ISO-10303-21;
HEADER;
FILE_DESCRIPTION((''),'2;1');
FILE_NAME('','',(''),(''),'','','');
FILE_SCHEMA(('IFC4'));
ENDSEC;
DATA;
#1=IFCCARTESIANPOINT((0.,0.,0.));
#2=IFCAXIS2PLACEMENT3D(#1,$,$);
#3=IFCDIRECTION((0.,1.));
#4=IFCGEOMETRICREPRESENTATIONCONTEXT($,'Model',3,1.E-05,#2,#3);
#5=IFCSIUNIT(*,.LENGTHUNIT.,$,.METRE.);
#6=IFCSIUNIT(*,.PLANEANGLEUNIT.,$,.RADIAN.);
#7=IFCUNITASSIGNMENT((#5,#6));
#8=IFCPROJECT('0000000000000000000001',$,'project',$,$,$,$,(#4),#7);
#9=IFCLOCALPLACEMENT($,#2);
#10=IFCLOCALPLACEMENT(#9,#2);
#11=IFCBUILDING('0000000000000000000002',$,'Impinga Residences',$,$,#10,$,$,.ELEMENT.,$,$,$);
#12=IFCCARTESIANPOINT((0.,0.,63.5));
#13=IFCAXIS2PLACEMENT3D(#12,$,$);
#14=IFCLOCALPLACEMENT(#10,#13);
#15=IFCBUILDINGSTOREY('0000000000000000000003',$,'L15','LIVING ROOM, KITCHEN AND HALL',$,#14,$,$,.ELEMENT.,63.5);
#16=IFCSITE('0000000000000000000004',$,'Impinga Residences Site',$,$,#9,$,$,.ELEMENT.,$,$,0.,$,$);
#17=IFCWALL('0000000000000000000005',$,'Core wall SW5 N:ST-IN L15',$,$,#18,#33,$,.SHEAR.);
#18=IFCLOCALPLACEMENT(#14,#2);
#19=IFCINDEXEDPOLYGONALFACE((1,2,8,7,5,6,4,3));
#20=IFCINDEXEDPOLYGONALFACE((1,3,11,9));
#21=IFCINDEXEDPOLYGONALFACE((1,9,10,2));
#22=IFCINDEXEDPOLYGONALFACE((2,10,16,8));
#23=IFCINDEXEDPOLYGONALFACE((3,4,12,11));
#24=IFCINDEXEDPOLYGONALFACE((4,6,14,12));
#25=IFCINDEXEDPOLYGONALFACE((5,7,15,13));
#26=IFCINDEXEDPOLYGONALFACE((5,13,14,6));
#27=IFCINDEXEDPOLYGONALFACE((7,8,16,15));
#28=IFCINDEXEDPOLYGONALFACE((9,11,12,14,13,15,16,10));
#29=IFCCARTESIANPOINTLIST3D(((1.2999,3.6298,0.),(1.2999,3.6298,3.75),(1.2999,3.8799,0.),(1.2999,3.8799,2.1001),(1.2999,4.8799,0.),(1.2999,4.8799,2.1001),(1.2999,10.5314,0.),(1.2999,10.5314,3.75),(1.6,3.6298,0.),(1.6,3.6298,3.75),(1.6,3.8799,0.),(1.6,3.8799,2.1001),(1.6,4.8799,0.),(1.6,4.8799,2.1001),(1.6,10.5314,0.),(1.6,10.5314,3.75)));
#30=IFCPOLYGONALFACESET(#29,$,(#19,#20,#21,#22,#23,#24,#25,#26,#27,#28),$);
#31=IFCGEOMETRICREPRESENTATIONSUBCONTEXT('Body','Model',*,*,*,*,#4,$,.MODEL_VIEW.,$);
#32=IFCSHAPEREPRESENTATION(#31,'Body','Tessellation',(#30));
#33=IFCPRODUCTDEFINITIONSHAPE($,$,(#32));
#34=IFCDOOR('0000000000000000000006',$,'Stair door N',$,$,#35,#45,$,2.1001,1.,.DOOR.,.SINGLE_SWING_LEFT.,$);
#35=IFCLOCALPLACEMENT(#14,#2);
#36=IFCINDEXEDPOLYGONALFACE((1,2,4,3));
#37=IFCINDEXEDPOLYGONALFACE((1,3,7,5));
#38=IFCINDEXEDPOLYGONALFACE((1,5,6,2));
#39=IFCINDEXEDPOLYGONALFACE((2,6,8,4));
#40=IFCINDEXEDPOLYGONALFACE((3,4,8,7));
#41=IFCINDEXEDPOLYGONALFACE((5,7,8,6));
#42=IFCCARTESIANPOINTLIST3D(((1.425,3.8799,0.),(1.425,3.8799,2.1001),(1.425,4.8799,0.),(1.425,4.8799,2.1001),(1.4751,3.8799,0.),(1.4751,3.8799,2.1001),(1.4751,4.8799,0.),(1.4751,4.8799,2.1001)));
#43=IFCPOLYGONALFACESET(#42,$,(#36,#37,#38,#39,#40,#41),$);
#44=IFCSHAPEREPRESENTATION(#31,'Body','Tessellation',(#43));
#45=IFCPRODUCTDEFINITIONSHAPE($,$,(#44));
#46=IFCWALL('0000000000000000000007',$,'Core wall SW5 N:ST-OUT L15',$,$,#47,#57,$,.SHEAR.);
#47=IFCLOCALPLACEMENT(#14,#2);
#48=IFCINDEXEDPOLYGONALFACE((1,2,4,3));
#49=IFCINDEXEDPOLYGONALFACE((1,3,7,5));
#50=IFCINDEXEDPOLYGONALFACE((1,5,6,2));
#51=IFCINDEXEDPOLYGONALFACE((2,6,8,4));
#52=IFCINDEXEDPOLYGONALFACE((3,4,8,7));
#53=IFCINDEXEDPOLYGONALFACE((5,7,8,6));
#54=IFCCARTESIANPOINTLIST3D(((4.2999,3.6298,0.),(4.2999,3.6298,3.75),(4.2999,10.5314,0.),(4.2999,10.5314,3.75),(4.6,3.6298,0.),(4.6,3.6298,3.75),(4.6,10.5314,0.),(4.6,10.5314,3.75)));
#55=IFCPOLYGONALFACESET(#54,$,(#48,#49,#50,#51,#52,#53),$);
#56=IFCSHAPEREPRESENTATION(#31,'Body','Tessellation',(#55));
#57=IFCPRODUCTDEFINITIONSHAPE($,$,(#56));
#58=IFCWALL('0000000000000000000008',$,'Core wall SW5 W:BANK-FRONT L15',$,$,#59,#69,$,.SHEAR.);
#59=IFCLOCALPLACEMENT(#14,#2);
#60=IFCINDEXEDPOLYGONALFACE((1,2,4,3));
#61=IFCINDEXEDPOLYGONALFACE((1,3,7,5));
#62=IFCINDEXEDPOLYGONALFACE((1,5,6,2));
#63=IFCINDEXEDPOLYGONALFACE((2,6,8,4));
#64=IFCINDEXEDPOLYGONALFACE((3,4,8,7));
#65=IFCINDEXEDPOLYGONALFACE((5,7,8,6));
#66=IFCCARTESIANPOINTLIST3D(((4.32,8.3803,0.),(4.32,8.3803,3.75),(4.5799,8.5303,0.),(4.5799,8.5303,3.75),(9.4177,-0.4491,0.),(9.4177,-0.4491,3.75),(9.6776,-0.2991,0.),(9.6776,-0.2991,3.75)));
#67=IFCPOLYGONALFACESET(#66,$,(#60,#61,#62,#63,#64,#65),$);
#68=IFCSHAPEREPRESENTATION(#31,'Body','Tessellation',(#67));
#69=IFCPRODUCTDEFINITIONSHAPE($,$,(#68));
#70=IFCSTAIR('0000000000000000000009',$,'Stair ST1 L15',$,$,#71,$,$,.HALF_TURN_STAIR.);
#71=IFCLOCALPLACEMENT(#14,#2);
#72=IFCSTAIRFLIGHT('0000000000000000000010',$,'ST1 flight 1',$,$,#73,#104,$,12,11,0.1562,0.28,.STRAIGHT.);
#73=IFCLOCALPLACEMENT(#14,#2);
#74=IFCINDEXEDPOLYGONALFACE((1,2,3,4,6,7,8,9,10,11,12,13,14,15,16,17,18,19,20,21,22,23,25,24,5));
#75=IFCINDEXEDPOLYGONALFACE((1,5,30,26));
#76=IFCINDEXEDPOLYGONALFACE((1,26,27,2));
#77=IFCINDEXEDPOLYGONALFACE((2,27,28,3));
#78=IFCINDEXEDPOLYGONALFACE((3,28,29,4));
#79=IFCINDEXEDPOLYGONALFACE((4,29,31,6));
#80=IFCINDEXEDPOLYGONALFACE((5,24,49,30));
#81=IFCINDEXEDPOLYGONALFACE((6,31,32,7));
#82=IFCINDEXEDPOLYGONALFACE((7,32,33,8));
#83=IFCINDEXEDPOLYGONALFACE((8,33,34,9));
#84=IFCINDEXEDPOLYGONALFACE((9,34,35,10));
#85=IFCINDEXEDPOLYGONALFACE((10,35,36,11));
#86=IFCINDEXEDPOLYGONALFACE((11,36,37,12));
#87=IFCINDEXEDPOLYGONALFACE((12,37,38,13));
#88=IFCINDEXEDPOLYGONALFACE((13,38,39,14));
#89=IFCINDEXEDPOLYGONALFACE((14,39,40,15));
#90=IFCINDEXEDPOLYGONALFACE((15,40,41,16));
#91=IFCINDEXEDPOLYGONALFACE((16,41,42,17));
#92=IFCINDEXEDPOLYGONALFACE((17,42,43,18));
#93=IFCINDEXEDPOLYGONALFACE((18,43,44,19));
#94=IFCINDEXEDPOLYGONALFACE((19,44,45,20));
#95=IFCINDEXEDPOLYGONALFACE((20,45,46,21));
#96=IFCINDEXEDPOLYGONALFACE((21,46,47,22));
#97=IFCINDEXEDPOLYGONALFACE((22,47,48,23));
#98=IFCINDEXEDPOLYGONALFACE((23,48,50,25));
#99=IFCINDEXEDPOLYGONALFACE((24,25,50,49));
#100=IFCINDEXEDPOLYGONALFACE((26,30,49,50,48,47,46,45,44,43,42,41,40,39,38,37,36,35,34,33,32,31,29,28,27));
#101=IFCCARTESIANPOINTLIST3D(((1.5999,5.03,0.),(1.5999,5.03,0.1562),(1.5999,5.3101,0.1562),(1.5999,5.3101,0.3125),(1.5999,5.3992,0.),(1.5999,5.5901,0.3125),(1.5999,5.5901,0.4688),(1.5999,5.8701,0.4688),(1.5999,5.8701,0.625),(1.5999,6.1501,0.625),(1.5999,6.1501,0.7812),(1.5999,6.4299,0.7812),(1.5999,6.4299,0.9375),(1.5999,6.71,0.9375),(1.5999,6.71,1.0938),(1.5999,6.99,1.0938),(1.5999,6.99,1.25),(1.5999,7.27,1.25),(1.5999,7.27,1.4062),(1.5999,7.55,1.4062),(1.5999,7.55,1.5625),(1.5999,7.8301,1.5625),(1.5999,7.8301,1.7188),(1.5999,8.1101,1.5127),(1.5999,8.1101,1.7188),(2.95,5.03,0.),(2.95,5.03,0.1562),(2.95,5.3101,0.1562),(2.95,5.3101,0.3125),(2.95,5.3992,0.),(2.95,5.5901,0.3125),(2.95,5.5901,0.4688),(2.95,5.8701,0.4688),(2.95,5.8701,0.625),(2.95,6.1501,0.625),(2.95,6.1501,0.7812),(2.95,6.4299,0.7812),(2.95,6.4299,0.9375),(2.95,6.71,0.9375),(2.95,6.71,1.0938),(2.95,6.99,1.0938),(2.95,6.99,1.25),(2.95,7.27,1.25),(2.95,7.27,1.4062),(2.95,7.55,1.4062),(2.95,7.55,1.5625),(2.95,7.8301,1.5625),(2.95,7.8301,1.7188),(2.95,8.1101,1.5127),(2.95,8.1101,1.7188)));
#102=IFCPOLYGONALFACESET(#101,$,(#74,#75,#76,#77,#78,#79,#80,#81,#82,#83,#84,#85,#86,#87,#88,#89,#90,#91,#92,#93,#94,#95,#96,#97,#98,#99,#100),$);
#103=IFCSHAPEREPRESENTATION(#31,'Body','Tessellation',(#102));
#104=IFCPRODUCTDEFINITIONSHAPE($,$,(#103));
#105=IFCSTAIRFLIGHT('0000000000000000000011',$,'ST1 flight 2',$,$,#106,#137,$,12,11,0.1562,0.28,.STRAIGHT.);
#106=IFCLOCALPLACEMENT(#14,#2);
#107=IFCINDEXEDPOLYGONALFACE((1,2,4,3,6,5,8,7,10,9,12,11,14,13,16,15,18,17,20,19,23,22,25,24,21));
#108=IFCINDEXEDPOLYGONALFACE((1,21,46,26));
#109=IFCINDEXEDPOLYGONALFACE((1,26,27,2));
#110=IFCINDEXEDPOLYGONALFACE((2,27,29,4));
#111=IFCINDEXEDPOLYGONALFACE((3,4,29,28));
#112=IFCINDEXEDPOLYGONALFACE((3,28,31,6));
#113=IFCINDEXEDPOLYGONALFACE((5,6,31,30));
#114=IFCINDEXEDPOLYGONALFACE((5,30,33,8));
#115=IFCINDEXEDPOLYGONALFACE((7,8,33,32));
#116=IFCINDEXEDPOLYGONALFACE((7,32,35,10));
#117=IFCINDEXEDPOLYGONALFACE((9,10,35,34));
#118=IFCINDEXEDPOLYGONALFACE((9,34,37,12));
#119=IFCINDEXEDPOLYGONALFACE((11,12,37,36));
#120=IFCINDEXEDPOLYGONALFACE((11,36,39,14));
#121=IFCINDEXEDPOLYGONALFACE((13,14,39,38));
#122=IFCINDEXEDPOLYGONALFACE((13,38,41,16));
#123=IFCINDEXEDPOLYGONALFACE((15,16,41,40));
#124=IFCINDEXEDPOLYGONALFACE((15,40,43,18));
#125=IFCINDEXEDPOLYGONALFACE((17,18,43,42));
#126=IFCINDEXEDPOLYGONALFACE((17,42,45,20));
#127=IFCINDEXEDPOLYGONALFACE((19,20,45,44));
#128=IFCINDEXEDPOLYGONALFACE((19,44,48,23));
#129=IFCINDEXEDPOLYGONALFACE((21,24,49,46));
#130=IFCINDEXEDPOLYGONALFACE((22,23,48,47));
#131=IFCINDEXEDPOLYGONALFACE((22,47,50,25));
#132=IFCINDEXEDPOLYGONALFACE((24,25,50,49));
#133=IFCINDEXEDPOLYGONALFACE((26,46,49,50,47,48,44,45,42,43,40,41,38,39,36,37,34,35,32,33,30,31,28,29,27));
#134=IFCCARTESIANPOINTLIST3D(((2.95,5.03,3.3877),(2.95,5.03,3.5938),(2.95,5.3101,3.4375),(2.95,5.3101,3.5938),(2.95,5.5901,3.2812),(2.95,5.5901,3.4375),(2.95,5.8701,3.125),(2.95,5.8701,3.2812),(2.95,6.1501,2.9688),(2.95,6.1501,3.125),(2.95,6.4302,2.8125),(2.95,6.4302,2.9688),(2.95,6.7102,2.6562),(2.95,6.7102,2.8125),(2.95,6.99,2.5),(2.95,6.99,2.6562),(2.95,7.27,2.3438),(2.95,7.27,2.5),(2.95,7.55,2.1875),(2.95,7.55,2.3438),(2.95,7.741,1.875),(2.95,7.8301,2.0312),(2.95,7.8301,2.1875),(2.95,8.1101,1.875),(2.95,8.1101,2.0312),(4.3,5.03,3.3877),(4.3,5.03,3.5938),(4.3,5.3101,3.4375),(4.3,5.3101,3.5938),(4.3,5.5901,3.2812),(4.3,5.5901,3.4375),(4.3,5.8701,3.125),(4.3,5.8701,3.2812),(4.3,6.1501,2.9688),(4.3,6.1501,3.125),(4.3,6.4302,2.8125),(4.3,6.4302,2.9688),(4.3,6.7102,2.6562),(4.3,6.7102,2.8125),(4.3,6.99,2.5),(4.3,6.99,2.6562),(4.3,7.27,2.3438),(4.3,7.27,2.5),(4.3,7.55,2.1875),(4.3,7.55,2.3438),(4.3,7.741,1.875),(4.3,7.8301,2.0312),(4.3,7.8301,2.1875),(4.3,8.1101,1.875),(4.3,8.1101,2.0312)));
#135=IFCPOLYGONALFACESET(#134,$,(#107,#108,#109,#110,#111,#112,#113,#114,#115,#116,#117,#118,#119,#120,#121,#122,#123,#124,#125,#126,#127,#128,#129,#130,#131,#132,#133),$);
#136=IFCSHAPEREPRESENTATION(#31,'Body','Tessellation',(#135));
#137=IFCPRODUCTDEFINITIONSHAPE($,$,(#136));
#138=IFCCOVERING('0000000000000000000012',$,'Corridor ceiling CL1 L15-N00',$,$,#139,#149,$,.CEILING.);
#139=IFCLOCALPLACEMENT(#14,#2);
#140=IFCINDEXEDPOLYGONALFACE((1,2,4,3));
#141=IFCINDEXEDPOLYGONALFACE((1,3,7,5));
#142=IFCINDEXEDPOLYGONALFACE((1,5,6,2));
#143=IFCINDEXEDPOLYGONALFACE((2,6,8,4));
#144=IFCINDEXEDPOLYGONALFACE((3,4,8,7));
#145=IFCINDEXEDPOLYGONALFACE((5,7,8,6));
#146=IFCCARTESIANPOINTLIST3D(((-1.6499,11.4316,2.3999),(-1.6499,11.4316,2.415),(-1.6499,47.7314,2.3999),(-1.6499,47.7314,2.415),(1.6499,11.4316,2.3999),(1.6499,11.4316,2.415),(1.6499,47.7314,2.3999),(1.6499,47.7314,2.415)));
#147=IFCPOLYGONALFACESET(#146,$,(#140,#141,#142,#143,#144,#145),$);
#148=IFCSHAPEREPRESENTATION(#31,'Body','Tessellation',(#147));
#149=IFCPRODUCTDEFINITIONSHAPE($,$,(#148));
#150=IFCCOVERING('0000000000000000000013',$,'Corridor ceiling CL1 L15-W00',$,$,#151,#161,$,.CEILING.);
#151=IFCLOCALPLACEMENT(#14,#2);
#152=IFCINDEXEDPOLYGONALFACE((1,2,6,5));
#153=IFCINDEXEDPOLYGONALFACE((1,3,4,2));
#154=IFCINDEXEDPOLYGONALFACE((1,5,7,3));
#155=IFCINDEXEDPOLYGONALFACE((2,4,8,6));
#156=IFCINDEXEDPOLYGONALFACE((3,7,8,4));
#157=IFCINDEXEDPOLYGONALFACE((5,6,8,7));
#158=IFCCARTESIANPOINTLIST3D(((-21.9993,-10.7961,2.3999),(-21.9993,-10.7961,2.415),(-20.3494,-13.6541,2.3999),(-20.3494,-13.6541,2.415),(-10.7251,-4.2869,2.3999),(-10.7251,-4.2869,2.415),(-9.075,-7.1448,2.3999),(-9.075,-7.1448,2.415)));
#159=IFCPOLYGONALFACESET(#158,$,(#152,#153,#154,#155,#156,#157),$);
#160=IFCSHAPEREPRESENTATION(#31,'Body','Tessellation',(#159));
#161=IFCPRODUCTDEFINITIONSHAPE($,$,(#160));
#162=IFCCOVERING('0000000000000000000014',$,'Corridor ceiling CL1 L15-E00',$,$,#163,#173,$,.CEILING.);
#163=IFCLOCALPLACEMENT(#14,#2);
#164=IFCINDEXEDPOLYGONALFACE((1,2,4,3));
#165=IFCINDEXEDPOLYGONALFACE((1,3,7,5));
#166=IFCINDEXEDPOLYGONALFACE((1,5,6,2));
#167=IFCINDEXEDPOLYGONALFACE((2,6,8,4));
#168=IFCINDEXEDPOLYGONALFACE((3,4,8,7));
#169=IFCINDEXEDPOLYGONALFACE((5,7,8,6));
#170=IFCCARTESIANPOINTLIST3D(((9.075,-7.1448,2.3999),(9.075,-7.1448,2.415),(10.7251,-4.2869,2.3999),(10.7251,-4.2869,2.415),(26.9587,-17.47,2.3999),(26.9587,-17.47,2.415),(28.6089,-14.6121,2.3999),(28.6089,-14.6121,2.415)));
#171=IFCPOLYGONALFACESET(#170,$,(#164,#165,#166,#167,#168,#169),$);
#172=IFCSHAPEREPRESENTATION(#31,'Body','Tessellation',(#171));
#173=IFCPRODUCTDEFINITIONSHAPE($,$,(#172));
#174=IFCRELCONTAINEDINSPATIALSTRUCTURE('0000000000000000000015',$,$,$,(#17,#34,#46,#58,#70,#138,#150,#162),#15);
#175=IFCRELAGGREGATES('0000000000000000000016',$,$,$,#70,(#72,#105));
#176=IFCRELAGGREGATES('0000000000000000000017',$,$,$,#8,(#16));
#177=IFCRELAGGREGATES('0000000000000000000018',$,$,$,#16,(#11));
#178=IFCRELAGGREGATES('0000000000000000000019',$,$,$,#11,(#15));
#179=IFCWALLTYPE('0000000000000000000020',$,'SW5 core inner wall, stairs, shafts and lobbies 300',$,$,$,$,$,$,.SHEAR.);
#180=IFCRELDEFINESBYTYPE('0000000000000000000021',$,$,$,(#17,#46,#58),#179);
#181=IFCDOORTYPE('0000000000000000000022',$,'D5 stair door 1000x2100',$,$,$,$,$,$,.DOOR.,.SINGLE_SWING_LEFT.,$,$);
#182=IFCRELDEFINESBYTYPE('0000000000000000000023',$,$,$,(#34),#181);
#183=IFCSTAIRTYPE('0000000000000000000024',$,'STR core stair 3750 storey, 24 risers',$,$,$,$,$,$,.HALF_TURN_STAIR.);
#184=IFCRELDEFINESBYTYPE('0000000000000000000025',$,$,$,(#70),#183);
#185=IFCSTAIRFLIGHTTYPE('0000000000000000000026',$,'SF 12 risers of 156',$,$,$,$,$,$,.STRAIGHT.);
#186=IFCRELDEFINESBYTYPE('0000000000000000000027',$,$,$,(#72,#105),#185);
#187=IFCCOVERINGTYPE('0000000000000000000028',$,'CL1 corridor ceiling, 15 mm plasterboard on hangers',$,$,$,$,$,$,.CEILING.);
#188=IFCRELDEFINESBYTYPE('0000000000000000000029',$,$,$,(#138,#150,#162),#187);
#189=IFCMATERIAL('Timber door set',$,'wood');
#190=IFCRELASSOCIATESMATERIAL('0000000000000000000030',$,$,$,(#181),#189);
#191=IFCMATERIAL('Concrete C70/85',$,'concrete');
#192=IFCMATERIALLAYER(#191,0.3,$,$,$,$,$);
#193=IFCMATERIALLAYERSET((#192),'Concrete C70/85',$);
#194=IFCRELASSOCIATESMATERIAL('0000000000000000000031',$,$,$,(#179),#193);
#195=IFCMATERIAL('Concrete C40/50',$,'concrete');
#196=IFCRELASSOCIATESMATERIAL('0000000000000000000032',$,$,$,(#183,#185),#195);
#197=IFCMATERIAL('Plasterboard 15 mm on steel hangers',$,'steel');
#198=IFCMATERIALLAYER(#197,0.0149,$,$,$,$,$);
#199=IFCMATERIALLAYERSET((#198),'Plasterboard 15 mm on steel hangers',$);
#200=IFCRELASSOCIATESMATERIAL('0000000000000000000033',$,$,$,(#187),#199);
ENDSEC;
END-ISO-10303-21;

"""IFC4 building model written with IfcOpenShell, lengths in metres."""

from ifc_helpers import new_model, si_unit, direction, frame, frame_2d, origin, place, context, subcontext, project, spatial, polyline, rectangle, outline, extrude, material, layer, layer_set, type_object, element, fill, aggregate, save


model = new_model("IFC4")

# Units and contexts
model_context = context("Model", 3, precision=1e-05, world=origin(), true_north=direction((0.0, 1.0)))
body_context = subcontext(model_context, "Body", "Model", "MODEL_VIEW")
ifc_project = project(units=[si_unit("LENGTHUNIT", "METRE"), si_unit("PLANEANGLEUNIT", "RADIAN")], contexts=[model_context])

# Site, building, storey
site_placement = place(None, origin())
site = spatial("IfcSite", under=ifc_project, at=site_placement, Name="Impinga Residences Site", CompositionType="ELEMENT", RefElevation=0.0)
building_placement = place(site_placement, origin())
building = spatial("IfcBuilding", under=site, at=building_placement, Name="Impinga Residences", CompositionType="ELEMENT")
storey_placement = place(building_placement, frame((0.0, 0.0, 63.5)))
storey = spatial("IfcBuildingStorey", under=building, at=storey_placement, Name="L15", Description="LIVING ROOM, KITCHEN AND HALL", CompositionType="ELEMENT", Elevation=63.5)

# Shared definitions
ifc_material_1 = material(Name="Concrete C70/85", Category="concrete")
ifc_material_2 = material(Name="Timber door set", Category="wood")
door_type_1 = type_object("IfcDoorType", Name="D5 stair door 1000x2100", OperationType="SINGLE_SWING_LEFT", PredefinedType="DOOR", material=ifc_material_2)

# Wall, opening, door
ifc_layer_1 = layer(ifc_material_1, 0.3)
ifc_layer_set_1 = layer_set([ifc_layer_1], Name="Concrete C70/85")
wall_type_1 = type_object("IfcWallType", Name="SW5 core inner wall, stairs, shafts and lobbies 300", PredefinedType="SHEAR", material=ifc_layer_set_1)
wall_1_placement = place(storey_placement, frame((1.45, 3.6299, 0.0), z_axis=(0.0, 0.0, 1.0), x_axis=(0.0, 1.0, 0.0)))
wall_1 = element("IfcWall", 1, at=wall_1_placement, inside=storey, type_object=wall_type_1, Name="Core wall SW5 N:ST-IN L15", PredefinedType="SHEAR", context=body_context, shape_type="SweptSolid", body=[
    extrude(rectangle(XDim=6.9016, YDim=0.3, at=frame_2d((3.4507, 0.0))), origin(), (0.0, 0.0, 1.0), 3.75),
])
opening_1_placement = place(wall_1_placement, frame((0.25, 0.0, 0.0)))
opening_1 = element("IfcOpeningElement", 2, at=opening_1_placement, cuts=wall_1, PredefinedType="OPENING", context=body_context, shape_type="SweptSolid", body=[
    extrude(rectangle(XDim=1.0, YDim=2.1001, at=frame_2d((0.5, 1.05))), frame((0.0, 0.1599, 0.0), z_axis=(0.0, -1.0, 0.0), x_axis=(1.0, 0.0, 0.0)), (0.0, 0.0, 1.0), 0.3201),
])
door_1_placement = place(opening_1_placement, origin())
door_1 = element("IfcDoor", 3, at=door_1_placement, inside=storey, type_object=door_type_1, Name="Stair door N", OperationType="SINGLE_SWING_LEFT", OverallHeight=2.1001, OverallWidth=1.0, PredefinedType="DOOR", context=body_context, shape_type="SweptSolid", body=[
    extrude(rectangle(XDim=1.0, YDim=2.1001, at=frame_2d((0.5, 1.05))), frame((0.0, 0.0249, 0.0), z_axis=(0.0, -1.0, 0.0), x_axis=(1.0, 0.0, 0.0)), (0.0, 0.0, 1.0), 0.05),
])
fill(opening_1, door_1)

# Walls
wall_2_placement = place(storey_placement, frame((4.45, 3.6299, 0.0), z_axis=(0.0, 0.0, 1.0), x_axis=(0.0, 1.0, 0.0)))
element("IfcWall", 4, at=wall_2_placement, inside=storey, type_object=wall_type_1, Name="Core wall SW5 N:ST-OUT L15", PredefinedType="SHEAR", context=body_context, shape_type="SweptSolid", body=[
    extrude(rectangle(XDim=6.9016, YDim=0.3, at=frame_2d((3.4507, 0.0))), origin(), (0.0, 0.0, 1.0), 3.75),
])
wall_3_placement = place(storey_placement, frame((4.45, 8.4553, 0.0), z_axis=(0.0, 0.0, 1.0), x_axis=(0.500002, -0.866024, 0.0)))
element("IfcWall", 5, at=wall_3_placement, inside=storey, type_object=wall_type_1, Name="Core wall SW5 W:BANK-FRONT L15", PredefinedType="SHEAR", context=body_context, shape_type="SweptSolid", body=[
    extrude(rectangle(XDim=10.1953, YDim=0.3, at=frame_2d((5.0977, 0.0))), origin(), (0.0, 0.0, 1.0), 3.75),
])

# Stair, stair flights
ifc_material_3 = material(Name="Concrete C40/50", Category="concrete")
stair_type = type_object("IfcStairType", Name="STR core stair 3750 storey, 24 risers", PredefinedType="HALF_TURN_STAIR", material=ifc_material_3)
stair_placement = place(storey_placement, origin())
stair = element("IfcStair", 6, at=stair_placement, inside=storey, type_object=stair_type, Name="Stair ST1 L15", PredefinedType="HALF_TURN_STAIR")
stair_flight_type = type_object("IfcStairFlightType", Name="SF 12 risers of 156", PredefinedType="STRAIGHT", material=ifc_material_3)
stair_flight_1_placement = place(storey_placement, frame((2.2749, 5.03, 0.0), z_axis=(0.0, 0.0, 1.0), x_axis=(0.0, 1.0, 0.0)))
stair_flight_1 = element("IfcStairFlight", 7, at=stair_flight_1_placement, type_object=stair_flight_type, Name="ST1 flight 1", NumberOfRisers=12, NumberOfTreads=11, PredefinedType="STRAIGHT", RiserHeight=0.1562, TreadLength=0.28, context=body_context, shape_type="SweptSolid", body=[
    extrude(outline(polyline([(0.0, 0.0), (0.0, 0.1562), (0.28, 0.1562), (0.28, 0.3125), (0.5601, 0.3125), (0.5601, 0.4688), (0.8401, 0.4688), (0.8401, 0.625), (1.1201, 0.625), (1.1201, 0.7812), (1.3999, 0.7812), (1.3999, 0.9375), (1.6799, 0.9375), (1.6799, 1.0938), (1.96, 1.0938), (1.96, 1.25), (2.24, 1.25), (2.24, 1.4062), (2.52, 1.4062), (2.52, 1.5625), (2.8, 1.5625), (2.8, 1.7188), (3.0801, 1.7188), (3.0801, 1.875), (3.0801, 1.5127), (0.3691, 0.0), (0.0, 0.0)])), frame((0.0, 0.675, 0.0), z_axis=(0.0, -1.0, 0.0), x_axis=(1.0, 0.0, 0.0)), (0.0, 0.0, 1.0), 1.3501),
])
stair_flight_2_placement = place(storey_placement, frame((3.625, 8.1101, 1.875), z_axis=(0.0, 0.0, 1.0), x_axis=(0.0, -1.0, 0.0)))
stair_flight_2 = element("IfcStairFlight", 8, at=stair_flight_2_placement, type_object=stair_flight_type, Name="ST1 flight 2", NumberOfRisers=12, NumberOfTreads=11, PredefinedType="STRAIGHT", RiserHeight=0.1562, TreadLength=0.28, context=body_context, shape_type="SweptSolid", body=[
    extrude(outline(polyline([(0.0, 0.0), (0.0, 0.1562), (0.28, 0.1562), (0.28, 0.3125), (0.5601, 0.3125), (0.5601, 0.4688), (0.8401, 0.4688), (0.8401, 0.625), (1.1201, 0.625), (1.1201, 0.7812), (1.3999, 0.7812), (1.3999, 0.9375), (1.6799, 0.9375), (1.6799, 1.0938), (1.96, 1.0938), (1.96, 1.25), (2.24, 1.25), (2.24, 1.4062), (2.52, 1.4062), (2.52, 1.5625), (2.8, 1.5625), (2.8, 1.7188), (3.0801, 1.7188), (3.0801, 1.875), (3.0801, 1.5127), (0.3691, 0.0), (0.0, 0.0)])), frame((0.0, 0.675, 0.0), z_axis=(0.0, -1.0, 0.0), x_axis=(1.0, 0.0, 0.0)), (0.0, 0.0, 1.0), 1.3501),
])
aggregate(stair, [stair_flight_1, stair_flight_2])

# Coverings
ifc_material_4 = material(Name="Plasterboard 15 mm on steel hangers", Category="steel")
ifc_layer_2 = layer(ifc_material_4, 0.0149)
ifc_layer_set_2 = layer_set([ifc_layer_2], Name="Plasterboard 15 mm on steel hangers")
covering_type_1 = type_object("IfcCoveringType", Name="CL1 corridor ceiling, 15 mm plasterboard on hangers", PredefinedType="CEILING", material=ifc_layer_set_2)
covering_1_placement = place(storey_placement, frame((0.0, 0.0, 2.3999)))
element("IfcCovering", 9, at=covering_1_placement, inside=storey, type_object=covering_type_1, Name="Corridor ceiling CL1 L15-N00", PredefinedType="CEILING", context=body_context, shape_type="SweptSolid", body=[
    extrude(outline(polyline([(-1.6499, 11.4316), (1.6499, 11.4316), (1.6499, 47.7314), (-1.6499, 47.7314), (-1.6499, 11.4316)])), origin(), (0.0, 0.0, 1.0), 0.0151),
])
covering_2_placement = place(storey_placement, frame((0.0, 0.0, 2.3999)))
element("IfcCovering", 10, at=covering_2_placement, inside=storey, type_object=covering_type_1, Name="Corridor ceiling CL1 L15-W00", PredefinedType="CEILING", context=body_context, shape_type="SweptSolid", body=[
    extrude(outline(polyline([(-10.7251, -4.2869), (-9.075, -7.1448), (-20.3494, -13.6541), (-21.9993, -10.7961), (-10.7251, -4.2869)])), origin(), (0.0, 0.0, 1.0), 0.0151),
])
covering_3_placement = place(storey_placement, frame((0.0, 0.0, 2.3999)))
element("IfcCovering", 11, at=covering_3_placement, inside=storey, type_object=covering_type_1, Name="Corridor ceiling CL1 L15-E00", PredefinedType="CEILING", context=body_context, shape_type="SweptSolid", body=[
    extrude(outline(polyline([(9.075, -7.1448), (10.7251, -4.2869), (28.6089, -14.6121), (26.9587, -17.47), (9.075, -7.1448)])), origin(), (0.0, 0.0, 1.0), 0.0151),
])

save(model, "model.ifc")
